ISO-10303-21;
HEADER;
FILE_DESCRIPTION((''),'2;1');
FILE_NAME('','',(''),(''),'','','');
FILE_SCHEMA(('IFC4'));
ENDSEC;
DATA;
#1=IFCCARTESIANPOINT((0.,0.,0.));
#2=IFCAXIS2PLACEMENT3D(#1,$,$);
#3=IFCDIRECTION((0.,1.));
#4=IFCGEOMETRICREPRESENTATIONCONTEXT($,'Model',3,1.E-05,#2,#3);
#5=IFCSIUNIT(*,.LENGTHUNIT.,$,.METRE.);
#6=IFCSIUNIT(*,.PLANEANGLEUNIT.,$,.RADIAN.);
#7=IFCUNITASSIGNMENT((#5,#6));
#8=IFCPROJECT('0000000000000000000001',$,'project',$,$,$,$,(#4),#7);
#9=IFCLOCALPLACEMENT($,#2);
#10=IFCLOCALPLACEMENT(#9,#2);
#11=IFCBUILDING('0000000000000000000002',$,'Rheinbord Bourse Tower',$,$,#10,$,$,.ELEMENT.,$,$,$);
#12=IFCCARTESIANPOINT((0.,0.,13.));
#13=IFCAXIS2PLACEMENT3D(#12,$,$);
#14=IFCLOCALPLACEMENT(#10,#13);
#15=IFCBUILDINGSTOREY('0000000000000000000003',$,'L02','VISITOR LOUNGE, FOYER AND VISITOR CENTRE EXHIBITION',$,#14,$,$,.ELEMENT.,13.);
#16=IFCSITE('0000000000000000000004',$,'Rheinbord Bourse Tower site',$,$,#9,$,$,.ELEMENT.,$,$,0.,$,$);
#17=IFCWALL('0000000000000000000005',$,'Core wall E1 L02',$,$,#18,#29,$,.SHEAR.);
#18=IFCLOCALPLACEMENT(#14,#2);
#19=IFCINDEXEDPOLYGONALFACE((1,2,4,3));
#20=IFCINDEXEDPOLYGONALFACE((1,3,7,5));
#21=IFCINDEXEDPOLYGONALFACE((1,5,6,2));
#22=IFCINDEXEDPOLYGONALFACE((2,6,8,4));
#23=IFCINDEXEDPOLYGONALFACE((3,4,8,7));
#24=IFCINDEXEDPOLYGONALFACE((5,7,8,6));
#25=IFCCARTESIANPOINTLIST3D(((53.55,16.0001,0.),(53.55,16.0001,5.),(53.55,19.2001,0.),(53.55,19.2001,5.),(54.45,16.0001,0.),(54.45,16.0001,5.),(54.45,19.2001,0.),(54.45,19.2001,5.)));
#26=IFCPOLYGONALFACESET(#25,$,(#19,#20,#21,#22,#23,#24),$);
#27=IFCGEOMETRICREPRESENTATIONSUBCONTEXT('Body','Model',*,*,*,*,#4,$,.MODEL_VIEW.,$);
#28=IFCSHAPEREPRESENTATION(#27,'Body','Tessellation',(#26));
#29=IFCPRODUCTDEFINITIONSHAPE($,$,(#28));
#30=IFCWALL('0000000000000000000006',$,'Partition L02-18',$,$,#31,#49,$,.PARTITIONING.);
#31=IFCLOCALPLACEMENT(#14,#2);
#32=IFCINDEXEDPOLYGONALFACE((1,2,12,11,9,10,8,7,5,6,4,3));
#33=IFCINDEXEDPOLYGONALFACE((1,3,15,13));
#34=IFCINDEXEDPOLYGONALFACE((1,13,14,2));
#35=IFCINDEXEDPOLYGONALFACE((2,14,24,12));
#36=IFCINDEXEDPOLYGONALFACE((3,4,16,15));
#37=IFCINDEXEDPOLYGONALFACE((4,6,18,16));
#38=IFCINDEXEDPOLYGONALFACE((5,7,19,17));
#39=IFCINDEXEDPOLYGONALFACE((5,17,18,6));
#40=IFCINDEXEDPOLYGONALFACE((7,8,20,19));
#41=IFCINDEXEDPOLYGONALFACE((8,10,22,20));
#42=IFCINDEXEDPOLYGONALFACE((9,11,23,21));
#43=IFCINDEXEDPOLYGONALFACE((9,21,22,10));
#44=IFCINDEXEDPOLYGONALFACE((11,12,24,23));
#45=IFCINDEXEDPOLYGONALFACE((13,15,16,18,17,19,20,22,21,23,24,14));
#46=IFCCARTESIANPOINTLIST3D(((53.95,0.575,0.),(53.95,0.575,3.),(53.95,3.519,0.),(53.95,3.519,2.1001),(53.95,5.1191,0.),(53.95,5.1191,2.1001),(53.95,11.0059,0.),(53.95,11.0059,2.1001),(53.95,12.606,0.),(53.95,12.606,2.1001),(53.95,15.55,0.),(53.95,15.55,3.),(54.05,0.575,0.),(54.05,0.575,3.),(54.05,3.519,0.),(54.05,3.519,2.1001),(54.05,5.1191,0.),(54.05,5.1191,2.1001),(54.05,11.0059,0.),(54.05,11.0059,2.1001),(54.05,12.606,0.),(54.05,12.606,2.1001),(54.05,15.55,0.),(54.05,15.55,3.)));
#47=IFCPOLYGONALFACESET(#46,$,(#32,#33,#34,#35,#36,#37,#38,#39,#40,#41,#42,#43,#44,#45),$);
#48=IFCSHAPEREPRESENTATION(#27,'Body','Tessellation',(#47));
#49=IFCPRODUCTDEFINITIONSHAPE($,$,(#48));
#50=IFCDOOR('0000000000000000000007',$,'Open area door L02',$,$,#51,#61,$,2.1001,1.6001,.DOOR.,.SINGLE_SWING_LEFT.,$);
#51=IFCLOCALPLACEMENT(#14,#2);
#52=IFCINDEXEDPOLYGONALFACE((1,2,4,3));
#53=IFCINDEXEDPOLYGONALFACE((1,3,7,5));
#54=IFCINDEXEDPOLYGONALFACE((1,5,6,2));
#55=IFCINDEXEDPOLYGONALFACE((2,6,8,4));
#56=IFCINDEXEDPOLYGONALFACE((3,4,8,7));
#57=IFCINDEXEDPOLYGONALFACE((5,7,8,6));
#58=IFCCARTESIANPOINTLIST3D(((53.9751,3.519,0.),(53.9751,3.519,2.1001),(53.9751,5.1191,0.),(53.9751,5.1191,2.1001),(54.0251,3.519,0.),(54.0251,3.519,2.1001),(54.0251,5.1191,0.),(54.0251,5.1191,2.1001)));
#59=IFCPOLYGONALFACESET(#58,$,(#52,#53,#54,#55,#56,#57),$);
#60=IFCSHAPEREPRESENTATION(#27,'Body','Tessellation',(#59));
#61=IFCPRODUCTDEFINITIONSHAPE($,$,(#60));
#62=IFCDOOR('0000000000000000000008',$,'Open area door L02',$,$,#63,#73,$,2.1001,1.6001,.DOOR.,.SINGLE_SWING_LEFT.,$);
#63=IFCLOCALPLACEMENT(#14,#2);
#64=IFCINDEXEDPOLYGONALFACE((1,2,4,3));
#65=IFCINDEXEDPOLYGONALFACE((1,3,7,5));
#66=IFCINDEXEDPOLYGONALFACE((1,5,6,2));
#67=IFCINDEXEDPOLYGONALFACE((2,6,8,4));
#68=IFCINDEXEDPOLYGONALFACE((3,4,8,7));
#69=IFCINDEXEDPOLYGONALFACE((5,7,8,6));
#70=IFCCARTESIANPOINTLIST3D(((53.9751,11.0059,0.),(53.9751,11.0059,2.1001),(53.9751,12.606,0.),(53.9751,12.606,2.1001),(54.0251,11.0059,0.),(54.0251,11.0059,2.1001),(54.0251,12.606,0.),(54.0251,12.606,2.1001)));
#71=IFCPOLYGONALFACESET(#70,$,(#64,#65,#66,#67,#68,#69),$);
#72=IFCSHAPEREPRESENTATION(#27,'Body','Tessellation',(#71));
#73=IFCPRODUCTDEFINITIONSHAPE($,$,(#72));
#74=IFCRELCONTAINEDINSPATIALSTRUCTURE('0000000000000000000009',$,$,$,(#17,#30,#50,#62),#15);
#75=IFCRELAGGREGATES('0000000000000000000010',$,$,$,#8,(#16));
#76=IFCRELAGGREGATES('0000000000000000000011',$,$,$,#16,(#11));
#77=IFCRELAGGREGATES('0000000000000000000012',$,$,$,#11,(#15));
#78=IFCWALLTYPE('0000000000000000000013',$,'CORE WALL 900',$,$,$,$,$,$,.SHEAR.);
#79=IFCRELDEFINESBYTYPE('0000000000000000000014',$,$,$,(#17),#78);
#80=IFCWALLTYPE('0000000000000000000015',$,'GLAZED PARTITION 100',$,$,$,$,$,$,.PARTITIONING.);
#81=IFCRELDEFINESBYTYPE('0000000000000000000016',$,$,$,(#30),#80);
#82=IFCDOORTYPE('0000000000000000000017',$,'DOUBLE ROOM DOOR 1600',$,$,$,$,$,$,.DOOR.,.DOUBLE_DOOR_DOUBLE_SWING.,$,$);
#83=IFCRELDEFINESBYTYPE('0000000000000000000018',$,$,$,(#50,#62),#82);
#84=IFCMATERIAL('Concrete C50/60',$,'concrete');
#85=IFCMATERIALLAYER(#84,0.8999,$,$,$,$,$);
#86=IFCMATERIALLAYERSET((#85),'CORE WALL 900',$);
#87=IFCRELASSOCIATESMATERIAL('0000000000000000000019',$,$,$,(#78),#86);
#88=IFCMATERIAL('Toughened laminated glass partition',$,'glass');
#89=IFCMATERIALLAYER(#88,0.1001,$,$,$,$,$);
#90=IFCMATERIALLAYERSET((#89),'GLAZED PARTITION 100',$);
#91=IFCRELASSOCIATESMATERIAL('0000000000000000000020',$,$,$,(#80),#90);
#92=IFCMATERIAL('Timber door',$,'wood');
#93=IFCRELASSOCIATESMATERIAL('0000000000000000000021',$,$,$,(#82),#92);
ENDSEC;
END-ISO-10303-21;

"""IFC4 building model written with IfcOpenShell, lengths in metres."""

from ifc_helpers import new_model, si_unit, direction, frame, frame_2d, origin, place, context, subcontext, project, spatial, rectangle, extrude, material, layer, layer_set, type_object, element, fill, save


model = new_model("IFC4")

# Units and contexts
model_context = context("Model", 3, precision=1e-05, world=origin(), true_north=direction((0.0, 1.0)))
body_context = subcontext(model_context, "Body", "Model", "MODEL_VIEW")
ifc_project = project(units=[si_unit("LENGTHUNIT", "METRE"), si_unit("PLANEANGLEUNIT", "RADIAN")], contexts=[model_context])

# Site, building, storey
site_placement = place(None, origin())
site = spatial("IfcSite", under=ifc_project, at=site_placement, Name="Rheinbord Bourse Tower site", CompositionType="ELEMENT", RefElevation=0.0)
building_placement = place(site_placement, origin())
building = spatial("IfcBuilding", under=site, at=building_placement, Name="Rheinbord Bourse Tower", CompositionType="ELEMENT")
storey_placement = place(building_placement, frame((0.0, 0.0, 13.0)))
storey = spatial("IfcBuildingStorey", under=building, at=storey_placement, Name="L02", Description="VISITOR LOUNGE, FOYER AND VISITOR CENTRE EXHIBITION", CompositionType="ELEMENT", Elevation=13.0)

# Wall
ifc_material_1 = material(Name="Concrete C50/60", Category="concrete")
ifc_layer_1 = layer(ifc_material_1, 0.8999)
ifc_layer_set_1 = layer_set([ifc_layer_1], Name="CORE WALL 900")
wall_type_1 = type_object("IfcWallType", Name="CORE WALL 900", PredefinedType="SHEAR", material=ifc_layer_set_1)
wall_1_placement = place(storey_placement, frame((54.0, 16.0, 0.0), z_axis=(0.0, 0.0, 1.0), x_axis=(0.0, 1.0, 0.0)))
element("IfcWall", 1, at=wall_1_placement, inside=storey, type_object=wall_type_1, Name="Core wall E1 L02", PredefinedType="SHEAR", context=body_context, shape_type="SweptSolid", body=[
    extrude(rectangle(XDim=3.2, YDim=0.8999, at=frame_2d((1.6001, 0.0))), origin(), (0.0, 0.0, 1.0), 5.0),
])

# Wall, openings, doors
ifc_material_2 = material(Name="Toughened laminated glass partition", Category="glass")
ifc_layer_2 = layer(ifc_material_2, 0.1001)
ifc_layer_set_2 = layer_set([ifc_layer_2], Name="GLAZED PARTITION 100")
wall_type_2 = type_object("IfcWallType", Name="GLAZED PARTITION 100", PredefinedType="PARTITIONING", material=ifc_layer_set_2)
wall_2_placement = place(storey_placement, frame((54.0, 0.575, 0.0), z_axis=(0.0, 0.0, 1.0), x_axis=(0.0, 1.0, 0.0)))
wall_2 = element("IfcWall", 2, at=wall_2_placement, inside=storey, type_object=wall_type_2, Name="Partition L02-18", PredefinedType="PARTITIONING", context=body_context, shape_type="SweptSolid", body=[
    extrude(rectangle(XDim=14.9751, YDim=0.1001, at=frame_2d((7.4875, 0.0))), origin(), (0.0, 0.0, 1.0), 3.0),
])
opening_1_placement = place(wall_2_placement, frame((2.9441, 0.0, 0.0)))
opening_1 = element("IfcOpeningElement", 3, at=opening_1_placement, cuts=wall_2, PredefinedType="OPENING", context=body_context, shape_type="SweptSolid", body=[
    extrude(rectangle(XDim=1.6001, YDim=2.1001, at=frame_2d((0.8, 1.05))), frame((0.0, 0.0601, 0.0), z_axis=(0.0, -1.0, 0.0), x_axis=(1.0, 0.0, 0.0)), (0.0, 0.0, 1.0), 0.1201),
])
opening_2_placement = place(wall_2_placement, frame((10.4309, 0.0, 0.0)))
opening_2 = element("IfcOpeningElement", 4, at=opening_2_placement, cuts=wall_2, PredefinedType="OPENING", context=body_context, shape_type="SweptSolid", body=[
    extrude(rectangle(XDim=1.6001, YDim=2.1001, at=frame_2d((0.8, 1.05))), frame((0.0, 0.0601, 0.0), z_axis=(0.0, -1.0, 0.0), x_axis=(1.0, 0.0, 0.0)), (0.0, 0.0, 1.0), 0.1201),
])
ifc_material_3 = material(Name="Timber door", Category="wood")
door_type = type_object("IfcDoorType", Name="DOUBLE ROOM DOOR 1600", OperationType="DOUBLE_DOOR_DOUBLE_SWING", PredefinedType="DOOR", material=ifc_material_3)
door_1_placement = place(opening_1_placement, origin())
door_1 = element("IfcDoor", 5, at=door_1_placement, inside=storey, type_object=door_type, Name="Open area door L02", OperationType="SINGLE_SWING_LEFT", OverallHeight=2.1001, OverallWidth=1.6001, PredefinedType="DOOR", context=body_context, shape_type="SweptSolid", body=[
    extrude(rectangle(XDim=1.6001, YDim=2.1001, at=frame_2d((0.8, 1.05))), frame((0.0, 0.0249, 0.0), z_axis=(0.0, -1.0, 0.0), x_axis=(1.0, 0.0, 0.0)), (0.0, 0.0, 1.0), 0.05),
])
fill(opening_1, door_1)
door_2_placement = place(opening_2_placement, origin())
door_2 = element("IfcDoor", 6, at=door_2_placement, inside=storey, type_object=door_type, Name="Open area door L02", OperationType="SINGLE_SWING_LEFT", OverallHeight=2.1001, OverallWidth=1.6001, PredefinedType="DOOR", context=body_context, shape_type="SweptSolid", body=[
    extrude(rectangle(XDim=1.6001, YDim=2.1001, at=frame_2d((0.8, 1.05))), frame((0.0, 0.0249, 0.0), z_axis=(0.0, -1.0, 0.0), x_axis=(1.0, 0.0, 0.0)), (0.0, 0.0, 1.0), 0.05),
])
fill(opening_2, door_2)

save(model, "model.ifc")
